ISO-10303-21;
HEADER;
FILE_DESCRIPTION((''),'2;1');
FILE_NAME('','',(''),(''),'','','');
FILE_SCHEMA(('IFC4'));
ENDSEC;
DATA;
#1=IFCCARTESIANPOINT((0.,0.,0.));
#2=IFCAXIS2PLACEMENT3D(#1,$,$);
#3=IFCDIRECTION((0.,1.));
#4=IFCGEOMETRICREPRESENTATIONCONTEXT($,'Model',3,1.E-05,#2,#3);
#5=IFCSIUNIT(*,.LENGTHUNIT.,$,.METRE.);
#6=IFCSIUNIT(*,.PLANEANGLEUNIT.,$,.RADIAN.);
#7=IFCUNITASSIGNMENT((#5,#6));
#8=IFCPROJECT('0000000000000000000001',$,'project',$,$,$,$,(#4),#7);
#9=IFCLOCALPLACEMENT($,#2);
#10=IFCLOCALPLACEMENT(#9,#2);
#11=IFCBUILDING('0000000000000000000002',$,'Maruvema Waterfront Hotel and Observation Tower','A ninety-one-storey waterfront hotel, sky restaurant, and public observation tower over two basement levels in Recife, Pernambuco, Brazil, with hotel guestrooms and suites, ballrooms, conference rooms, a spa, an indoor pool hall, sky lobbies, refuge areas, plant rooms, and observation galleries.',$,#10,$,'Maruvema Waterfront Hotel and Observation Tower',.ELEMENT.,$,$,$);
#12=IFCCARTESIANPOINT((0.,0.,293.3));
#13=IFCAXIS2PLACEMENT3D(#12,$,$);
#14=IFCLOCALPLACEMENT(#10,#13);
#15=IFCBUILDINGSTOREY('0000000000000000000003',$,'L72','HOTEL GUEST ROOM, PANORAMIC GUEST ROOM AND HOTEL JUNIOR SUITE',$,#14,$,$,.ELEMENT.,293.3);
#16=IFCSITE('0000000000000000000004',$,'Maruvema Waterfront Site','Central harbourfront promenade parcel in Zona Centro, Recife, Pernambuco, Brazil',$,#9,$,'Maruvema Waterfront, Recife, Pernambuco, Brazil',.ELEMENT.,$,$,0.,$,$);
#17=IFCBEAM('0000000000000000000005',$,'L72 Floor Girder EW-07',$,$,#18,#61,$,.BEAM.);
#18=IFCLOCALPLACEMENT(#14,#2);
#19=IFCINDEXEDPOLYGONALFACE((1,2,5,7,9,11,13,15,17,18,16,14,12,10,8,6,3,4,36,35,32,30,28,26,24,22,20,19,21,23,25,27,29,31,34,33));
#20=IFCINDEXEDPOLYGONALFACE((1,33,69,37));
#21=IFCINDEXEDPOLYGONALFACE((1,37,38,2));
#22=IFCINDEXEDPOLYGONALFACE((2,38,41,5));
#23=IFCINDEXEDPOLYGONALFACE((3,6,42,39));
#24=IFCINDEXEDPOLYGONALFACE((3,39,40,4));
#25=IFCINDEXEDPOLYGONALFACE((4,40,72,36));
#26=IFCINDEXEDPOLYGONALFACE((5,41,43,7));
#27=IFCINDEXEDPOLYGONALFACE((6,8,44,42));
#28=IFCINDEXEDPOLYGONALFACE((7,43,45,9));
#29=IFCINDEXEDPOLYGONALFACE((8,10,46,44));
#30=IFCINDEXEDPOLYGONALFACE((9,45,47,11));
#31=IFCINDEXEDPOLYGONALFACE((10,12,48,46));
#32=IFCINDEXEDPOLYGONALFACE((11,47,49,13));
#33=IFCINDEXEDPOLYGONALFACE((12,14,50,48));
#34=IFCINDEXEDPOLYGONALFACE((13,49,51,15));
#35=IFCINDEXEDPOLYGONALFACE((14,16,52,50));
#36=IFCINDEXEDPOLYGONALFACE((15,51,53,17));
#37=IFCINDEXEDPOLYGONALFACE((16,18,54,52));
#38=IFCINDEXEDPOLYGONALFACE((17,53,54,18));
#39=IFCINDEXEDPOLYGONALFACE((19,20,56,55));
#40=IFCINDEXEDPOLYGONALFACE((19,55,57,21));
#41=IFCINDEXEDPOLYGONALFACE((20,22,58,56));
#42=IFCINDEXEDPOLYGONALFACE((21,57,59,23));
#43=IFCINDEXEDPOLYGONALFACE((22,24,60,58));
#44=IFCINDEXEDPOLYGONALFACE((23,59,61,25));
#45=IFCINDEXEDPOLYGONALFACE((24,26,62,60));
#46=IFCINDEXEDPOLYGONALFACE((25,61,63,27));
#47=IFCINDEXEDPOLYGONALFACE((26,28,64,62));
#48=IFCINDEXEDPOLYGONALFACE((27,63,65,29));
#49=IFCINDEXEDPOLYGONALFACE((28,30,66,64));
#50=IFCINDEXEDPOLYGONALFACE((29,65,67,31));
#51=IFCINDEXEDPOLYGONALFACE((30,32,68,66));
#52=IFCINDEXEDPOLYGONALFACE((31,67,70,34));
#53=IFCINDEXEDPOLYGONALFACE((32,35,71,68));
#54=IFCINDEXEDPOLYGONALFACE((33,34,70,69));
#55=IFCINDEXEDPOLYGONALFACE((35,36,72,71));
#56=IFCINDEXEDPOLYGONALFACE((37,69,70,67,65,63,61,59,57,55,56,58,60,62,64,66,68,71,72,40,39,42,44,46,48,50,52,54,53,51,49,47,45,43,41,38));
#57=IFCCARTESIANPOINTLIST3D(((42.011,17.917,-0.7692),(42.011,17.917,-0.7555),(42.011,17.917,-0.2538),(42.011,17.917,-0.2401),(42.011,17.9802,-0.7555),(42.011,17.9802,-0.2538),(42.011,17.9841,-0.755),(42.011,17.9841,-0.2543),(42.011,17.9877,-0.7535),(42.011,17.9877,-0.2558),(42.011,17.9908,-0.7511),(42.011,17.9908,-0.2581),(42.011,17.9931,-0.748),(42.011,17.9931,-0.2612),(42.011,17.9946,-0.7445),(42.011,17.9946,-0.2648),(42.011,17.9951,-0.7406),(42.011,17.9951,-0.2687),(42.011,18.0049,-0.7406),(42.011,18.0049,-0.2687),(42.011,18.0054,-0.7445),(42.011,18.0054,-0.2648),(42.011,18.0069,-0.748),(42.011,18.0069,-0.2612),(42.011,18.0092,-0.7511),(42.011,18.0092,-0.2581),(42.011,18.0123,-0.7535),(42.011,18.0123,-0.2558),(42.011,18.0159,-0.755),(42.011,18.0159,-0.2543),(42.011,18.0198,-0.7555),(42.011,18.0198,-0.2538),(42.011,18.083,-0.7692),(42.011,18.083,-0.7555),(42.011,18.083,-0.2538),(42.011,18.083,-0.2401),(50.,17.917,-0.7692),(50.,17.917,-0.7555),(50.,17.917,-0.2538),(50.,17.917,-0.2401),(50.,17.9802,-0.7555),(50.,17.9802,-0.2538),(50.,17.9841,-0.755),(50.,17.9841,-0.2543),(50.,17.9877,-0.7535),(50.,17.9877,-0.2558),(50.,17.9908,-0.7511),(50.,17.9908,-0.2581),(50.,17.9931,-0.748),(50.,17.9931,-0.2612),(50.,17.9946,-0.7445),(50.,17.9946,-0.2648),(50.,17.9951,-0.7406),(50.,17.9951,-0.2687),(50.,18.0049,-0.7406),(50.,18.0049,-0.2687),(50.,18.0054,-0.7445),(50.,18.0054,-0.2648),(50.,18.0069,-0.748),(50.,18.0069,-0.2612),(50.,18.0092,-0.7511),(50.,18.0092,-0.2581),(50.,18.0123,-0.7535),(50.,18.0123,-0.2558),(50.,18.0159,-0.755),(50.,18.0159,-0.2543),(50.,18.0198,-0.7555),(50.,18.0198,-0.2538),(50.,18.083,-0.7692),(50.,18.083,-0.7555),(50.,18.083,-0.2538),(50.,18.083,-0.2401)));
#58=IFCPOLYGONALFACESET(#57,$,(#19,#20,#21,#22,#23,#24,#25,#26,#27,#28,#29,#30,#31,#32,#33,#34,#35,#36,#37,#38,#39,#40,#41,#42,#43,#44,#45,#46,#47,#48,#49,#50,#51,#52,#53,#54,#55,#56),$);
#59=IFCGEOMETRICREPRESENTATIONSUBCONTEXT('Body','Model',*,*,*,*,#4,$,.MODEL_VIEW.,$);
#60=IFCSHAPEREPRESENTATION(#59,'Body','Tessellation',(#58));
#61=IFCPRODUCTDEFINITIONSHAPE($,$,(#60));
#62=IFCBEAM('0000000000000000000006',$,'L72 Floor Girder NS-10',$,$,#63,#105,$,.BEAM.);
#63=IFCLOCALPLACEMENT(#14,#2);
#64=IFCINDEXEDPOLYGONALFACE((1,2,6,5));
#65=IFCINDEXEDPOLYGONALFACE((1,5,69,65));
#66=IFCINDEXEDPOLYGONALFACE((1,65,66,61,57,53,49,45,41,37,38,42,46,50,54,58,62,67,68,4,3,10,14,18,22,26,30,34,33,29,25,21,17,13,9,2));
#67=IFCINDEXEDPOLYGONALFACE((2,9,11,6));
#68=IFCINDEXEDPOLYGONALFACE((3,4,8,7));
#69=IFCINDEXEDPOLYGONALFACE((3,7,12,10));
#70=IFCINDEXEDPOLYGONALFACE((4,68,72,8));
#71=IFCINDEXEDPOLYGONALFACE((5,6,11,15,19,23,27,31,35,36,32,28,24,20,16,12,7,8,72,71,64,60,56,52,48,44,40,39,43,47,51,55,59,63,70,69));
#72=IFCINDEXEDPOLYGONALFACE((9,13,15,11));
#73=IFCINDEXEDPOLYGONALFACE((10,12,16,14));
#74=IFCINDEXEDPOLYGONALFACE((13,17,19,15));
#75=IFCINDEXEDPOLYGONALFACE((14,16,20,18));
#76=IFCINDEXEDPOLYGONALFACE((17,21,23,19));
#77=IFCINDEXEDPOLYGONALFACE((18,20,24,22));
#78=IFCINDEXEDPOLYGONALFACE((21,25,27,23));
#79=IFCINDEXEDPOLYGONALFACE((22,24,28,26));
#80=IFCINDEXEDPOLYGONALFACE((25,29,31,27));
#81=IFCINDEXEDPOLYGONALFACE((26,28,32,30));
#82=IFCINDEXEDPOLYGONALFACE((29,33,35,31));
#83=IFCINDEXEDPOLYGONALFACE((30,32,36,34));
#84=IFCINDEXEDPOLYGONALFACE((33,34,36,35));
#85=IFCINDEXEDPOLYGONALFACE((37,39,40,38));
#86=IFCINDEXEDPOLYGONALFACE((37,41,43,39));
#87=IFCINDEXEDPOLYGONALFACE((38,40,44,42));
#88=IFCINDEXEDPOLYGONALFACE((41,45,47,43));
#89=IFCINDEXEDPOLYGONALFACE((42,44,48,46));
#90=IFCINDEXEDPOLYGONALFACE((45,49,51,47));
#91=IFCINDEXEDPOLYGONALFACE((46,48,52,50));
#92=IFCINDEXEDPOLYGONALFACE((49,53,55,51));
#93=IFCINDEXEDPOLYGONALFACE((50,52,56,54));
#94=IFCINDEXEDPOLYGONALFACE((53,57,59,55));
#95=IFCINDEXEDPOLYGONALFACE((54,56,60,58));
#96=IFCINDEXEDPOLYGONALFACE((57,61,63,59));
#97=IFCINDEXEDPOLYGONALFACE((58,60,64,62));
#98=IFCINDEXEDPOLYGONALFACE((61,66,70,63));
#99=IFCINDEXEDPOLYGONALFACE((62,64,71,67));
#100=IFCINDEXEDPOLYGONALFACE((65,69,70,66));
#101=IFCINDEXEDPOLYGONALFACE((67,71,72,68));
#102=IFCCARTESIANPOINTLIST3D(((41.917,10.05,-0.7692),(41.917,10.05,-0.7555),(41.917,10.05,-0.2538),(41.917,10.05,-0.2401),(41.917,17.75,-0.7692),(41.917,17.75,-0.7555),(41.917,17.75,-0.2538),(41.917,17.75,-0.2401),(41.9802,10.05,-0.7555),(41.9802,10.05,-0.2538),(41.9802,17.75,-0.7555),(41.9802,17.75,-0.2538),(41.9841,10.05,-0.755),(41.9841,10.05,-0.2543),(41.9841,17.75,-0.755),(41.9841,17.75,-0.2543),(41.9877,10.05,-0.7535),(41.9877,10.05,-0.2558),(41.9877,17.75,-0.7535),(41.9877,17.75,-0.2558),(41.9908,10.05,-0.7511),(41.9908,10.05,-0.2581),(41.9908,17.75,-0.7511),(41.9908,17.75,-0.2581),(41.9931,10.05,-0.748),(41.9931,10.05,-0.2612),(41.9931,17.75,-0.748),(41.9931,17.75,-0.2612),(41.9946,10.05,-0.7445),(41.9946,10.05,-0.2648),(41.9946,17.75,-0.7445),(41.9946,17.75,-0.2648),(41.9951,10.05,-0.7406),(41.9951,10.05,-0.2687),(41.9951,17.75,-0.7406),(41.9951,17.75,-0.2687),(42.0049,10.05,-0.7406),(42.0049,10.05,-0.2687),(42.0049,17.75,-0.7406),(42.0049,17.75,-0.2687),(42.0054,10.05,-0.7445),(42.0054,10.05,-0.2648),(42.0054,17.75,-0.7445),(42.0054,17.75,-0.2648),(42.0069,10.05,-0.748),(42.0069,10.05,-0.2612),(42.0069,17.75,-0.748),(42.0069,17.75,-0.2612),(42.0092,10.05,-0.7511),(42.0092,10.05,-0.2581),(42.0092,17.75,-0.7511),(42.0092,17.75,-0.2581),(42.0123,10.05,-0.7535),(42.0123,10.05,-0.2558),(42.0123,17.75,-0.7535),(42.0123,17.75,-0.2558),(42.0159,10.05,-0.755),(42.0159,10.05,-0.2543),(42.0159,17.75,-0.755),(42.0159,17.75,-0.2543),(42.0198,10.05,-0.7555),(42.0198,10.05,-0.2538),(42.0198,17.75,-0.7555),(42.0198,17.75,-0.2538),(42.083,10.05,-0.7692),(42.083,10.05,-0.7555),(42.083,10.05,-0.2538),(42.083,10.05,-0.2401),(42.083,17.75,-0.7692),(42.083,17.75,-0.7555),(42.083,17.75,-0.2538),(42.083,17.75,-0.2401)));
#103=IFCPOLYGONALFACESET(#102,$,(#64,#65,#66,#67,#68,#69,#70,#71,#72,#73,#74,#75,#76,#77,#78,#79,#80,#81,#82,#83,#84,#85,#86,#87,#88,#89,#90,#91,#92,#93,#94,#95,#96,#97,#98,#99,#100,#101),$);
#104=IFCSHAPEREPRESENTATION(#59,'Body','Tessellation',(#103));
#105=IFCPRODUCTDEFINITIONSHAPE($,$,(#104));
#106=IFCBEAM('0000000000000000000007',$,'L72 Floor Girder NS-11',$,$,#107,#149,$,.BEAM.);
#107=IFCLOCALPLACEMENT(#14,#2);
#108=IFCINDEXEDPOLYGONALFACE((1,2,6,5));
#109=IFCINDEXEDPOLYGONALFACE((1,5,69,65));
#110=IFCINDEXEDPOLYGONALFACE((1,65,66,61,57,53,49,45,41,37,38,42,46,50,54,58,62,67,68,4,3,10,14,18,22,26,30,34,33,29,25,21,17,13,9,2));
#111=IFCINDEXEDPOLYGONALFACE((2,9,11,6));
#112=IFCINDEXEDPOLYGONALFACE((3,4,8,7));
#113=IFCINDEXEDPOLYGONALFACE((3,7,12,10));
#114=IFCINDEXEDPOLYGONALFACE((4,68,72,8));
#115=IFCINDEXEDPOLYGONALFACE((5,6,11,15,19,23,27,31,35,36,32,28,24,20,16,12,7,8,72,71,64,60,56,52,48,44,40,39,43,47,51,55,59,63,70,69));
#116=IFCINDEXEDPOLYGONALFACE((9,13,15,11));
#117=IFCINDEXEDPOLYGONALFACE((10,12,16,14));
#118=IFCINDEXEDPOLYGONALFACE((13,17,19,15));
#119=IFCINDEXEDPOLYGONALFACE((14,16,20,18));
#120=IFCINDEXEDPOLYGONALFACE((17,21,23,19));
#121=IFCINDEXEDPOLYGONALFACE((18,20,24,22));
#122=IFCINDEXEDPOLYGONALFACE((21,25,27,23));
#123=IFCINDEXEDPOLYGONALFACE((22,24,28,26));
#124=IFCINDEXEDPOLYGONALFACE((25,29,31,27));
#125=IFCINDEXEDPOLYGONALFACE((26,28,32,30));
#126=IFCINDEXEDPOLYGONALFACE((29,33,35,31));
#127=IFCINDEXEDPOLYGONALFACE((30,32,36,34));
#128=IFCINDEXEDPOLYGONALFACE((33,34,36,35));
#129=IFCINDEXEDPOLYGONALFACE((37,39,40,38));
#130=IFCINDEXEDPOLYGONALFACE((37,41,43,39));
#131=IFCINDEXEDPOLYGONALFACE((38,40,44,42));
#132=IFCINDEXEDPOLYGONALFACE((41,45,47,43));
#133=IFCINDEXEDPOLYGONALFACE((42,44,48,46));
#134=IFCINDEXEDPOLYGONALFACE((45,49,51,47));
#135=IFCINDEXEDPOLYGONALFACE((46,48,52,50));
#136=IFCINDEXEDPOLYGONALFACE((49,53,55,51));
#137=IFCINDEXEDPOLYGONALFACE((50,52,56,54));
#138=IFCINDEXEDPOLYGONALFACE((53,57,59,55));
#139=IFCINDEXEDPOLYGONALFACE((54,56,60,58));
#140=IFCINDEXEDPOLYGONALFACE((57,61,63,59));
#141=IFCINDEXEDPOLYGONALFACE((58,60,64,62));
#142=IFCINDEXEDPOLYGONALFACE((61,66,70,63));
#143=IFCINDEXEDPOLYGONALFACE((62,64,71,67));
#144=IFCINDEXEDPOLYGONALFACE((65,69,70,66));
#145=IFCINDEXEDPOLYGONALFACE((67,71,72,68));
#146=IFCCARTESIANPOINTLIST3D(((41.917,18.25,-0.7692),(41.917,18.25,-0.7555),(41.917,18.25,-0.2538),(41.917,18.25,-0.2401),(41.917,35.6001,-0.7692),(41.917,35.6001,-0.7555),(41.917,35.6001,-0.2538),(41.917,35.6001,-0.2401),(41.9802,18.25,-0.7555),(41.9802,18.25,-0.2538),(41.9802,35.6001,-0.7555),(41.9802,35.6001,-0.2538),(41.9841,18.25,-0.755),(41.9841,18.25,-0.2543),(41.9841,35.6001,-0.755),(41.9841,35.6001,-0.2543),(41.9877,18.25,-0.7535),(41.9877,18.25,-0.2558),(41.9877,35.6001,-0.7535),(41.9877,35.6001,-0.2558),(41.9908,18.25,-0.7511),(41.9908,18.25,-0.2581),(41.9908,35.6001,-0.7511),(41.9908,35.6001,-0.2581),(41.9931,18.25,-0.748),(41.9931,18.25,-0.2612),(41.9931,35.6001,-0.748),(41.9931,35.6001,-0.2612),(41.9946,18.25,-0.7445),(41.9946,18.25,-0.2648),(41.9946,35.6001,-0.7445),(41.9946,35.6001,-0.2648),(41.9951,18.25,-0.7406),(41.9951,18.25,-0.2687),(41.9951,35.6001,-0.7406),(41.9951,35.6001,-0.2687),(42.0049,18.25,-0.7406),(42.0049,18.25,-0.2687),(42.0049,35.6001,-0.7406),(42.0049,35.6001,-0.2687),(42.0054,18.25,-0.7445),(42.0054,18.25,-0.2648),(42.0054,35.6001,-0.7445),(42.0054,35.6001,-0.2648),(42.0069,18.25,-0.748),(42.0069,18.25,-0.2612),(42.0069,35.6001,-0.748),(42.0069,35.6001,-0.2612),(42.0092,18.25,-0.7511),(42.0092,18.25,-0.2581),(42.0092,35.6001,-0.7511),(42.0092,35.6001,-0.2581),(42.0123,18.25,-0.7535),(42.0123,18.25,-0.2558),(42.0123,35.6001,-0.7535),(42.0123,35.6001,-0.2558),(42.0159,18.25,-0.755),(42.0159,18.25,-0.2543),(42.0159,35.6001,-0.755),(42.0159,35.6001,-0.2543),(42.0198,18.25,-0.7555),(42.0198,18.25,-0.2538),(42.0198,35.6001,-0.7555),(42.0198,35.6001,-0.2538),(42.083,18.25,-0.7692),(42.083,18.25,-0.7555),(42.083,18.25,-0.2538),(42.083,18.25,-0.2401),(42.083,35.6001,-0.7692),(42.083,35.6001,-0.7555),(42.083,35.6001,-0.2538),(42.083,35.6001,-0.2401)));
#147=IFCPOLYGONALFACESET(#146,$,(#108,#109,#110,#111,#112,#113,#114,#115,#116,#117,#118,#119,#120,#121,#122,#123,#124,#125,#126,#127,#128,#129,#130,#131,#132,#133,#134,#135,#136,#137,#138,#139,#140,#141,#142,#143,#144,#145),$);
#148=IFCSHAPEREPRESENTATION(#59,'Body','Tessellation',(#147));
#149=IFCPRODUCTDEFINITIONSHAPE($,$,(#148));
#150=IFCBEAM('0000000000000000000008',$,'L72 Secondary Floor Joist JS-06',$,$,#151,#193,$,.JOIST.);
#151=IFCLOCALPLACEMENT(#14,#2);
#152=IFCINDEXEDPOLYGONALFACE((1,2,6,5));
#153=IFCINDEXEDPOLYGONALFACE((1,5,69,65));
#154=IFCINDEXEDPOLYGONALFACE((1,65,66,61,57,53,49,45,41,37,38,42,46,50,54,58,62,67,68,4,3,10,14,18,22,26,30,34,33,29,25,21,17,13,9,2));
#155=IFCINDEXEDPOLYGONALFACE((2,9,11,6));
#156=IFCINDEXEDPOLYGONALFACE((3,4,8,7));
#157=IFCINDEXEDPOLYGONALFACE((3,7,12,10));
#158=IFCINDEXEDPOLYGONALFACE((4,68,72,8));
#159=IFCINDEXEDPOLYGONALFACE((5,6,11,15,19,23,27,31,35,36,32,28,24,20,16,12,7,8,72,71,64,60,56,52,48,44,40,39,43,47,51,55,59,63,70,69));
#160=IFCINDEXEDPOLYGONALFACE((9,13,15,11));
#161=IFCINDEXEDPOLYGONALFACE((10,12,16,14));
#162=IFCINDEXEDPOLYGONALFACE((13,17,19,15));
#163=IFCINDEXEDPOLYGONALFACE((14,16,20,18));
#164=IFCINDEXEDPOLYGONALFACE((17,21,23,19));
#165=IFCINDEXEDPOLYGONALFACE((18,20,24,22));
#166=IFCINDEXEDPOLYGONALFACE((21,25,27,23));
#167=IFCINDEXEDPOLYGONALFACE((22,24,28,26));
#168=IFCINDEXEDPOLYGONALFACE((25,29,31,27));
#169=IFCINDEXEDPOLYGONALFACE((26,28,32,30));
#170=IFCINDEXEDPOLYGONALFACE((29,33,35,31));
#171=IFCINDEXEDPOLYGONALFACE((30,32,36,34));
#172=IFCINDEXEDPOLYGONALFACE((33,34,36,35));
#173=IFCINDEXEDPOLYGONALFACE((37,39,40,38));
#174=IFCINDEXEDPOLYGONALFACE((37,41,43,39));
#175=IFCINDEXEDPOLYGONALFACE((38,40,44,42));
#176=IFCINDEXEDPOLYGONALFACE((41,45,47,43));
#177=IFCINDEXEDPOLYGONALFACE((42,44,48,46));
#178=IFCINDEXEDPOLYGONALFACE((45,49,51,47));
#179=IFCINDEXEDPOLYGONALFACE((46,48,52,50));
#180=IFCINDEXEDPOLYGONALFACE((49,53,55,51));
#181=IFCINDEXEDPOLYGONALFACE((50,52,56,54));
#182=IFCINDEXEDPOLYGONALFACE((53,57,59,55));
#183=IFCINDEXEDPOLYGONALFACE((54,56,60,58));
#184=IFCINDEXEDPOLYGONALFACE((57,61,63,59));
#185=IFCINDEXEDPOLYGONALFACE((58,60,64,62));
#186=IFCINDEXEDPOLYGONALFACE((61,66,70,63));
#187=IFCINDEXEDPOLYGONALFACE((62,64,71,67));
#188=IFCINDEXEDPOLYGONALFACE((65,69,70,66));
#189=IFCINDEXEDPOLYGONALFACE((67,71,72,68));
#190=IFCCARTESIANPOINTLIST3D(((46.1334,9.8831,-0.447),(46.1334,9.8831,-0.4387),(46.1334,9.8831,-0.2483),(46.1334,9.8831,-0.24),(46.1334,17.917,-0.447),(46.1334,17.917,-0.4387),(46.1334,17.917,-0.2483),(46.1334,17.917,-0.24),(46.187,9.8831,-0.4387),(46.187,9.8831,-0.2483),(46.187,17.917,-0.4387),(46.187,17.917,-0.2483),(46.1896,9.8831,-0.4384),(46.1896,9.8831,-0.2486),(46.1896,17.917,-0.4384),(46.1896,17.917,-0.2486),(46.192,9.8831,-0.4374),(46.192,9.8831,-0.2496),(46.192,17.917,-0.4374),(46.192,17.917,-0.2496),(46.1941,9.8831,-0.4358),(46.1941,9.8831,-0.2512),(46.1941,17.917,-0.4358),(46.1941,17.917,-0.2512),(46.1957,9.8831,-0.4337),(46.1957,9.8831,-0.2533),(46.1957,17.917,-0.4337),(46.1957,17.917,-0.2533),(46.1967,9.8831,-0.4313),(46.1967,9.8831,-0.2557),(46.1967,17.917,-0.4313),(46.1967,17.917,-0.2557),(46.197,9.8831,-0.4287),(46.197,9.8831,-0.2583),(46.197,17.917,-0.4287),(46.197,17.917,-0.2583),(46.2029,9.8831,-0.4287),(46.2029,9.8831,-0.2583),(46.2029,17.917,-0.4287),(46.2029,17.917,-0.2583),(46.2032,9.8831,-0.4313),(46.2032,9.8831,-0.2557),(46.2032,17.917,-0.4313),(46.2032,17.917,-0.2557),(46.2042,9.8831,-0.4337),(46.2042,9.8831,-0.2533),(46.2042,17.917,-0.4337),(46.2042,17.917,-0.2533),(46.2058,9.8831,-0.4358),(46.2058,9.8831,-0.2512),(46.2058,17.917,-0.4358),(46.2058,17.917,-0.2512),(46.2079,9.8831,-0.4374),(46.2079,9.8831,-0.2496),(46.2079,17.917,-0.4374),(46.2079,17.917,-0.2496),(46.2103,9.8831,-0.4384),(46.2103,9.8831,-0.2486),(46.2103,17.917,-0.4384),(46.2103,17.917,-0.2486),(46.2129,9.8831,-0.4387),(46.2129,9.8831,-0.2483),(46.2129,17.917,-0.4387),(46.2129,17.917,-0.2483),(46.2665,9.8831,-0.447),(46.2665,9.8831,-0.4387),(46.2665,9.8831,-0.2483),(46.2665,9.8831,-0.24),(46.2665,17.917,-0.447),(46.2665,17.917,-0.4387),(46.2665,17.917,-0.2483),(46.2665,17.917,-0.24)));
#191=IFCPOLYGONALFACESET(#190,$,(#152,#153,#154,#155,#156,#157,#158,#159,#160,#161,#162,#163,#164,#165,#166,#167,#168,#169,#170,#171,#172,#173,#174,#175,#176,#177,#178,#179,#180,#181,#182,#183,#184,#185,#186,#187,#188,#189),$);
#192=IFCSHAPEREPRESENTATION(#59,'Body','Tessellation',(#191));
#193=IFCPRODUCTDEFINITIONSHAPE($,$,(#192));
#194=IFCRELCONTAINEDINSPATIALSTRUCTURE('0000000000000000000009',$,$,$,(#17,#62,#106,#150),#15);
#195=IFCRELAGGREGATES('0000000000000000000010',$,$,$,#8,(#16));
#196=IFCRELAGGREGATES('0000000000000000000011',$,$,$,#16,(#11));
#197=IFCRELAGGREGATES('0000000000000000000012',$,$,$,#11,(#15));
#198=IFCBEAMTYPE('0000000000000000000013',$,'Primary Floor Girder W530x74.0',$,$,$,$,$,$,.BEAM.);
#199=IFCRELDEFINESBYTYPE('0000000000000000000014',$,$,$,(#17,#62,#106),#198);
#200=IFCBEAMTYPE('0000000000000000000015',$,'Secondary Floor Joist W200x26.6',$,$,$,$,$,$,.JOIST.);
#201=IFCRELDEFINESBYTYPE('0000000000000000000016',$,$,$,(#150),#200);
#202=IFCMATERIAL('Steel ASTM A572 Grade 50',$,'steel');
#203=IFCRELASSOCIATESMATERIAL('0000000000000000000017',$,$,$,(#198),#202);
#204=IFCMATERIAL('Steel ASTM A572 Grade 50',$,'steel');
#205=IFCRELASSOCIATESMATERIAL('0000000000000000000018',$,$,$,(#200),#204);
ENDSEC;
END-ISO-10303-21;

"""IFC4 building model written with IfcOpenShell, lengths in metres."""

from ifc_helpers import new_model, si_unit, direction, frame, origin, origin_2d, place, context, subcontext, project, spatial, i_section, extrude, material, material_profile, profile_set, type_object, element, save


model = new_model("IFC4")

# Units and contexts
model_context = context("Model", 3, precision=1e-05, world=origin(), true_north=direction((0.0, 1.0)))
body_context = subcontext(model_context, "Body", "Model", "MODEL_VIEW")
ifc_project = project(units=[si_unit("LENGTHUNIT", "METRE"), si_unit("PLANEANGLEUNIT", "RADIAN")], contexts=[model_context])

# Site, building, storey
site_placement = place(None, origin())
site = spatial("IfcSite", under=ifc_project, at=site_placement, Name="Maruvema Waterfront Site", Description="Central harbourfront promenade parcel in Zona Centro, Recife, Pernambuco, Brazil", LongName="Maruvema Waterfront, Recife, Pernambuco, Brazil", CompositionType="ELEMENT", RefElevation=0.0)
building_placement = place(site_placement, origin())
building = spatial("IfcBuilding", under=site, at=building_placement, Name="Maruvema Waterfront Hotel and Observation Tower", Description="A ninety-one-storey waterfront hotel, sky restaurant, and public observation tower over two basement levels in Recife, Pernambuco, Brazil, with hotel guestrooms and suites, ballrooms, conference rooms, a spa, an indoor pool hall, sky lobbies, refuge areas, plant rooms, and observation galleries.", LongName="Maruvema Waterfront Hotel and Observation Tower", CompositionType="ELEMENT")
storey_placement = place(building_placement, frame((0.0, 0.0, 293.3)))
storey = spatial("IfcBuildingStorey", under=building, at=storey_placement, Name="L72", Description="HOTEL GUEST ROOM, PANORAMIC GUEST ROOM AND HOTEL JUNIOR SUITE", CompositionType="ELEMENT", Elevation=293.3)

# Beams
ifc_material_1 = material(Name="Steel ASTM A572 Grade 50", Category="steel")
ifc_material_profile_1 = material_profile(ifc_material_1, i_section(OverallWidth=0.166, OverallDepth=0.5291, WebThickness=0.0098, FlangeThickness=0.0137, FilletRadius=0.0149, at=origin_2d()), Name="W530x74.0")
ifc_profile_set_1 = profile_set([ifc_material_profile_1], Name="Steel ASTM A572 Grade 50")
beam_type_1 = type_object("IfcBeamType", Name="Primary Floor Girder W530x74.0", PredefinedType="BEAM", material=ifc_profile_set_1)
beam_1_placement = place(storey_placement, frame((42.011, 18.0, -0.5046), z_axis=(1.0, 0.0, 0.0), x_axis=(0.0, 1.0, 0.0)))
element("IfcBeam", 1, at=beam_1_placement, inside=storey, type_object=beam_type_1, Name="L72 Floor Girder EW-07", PredefinedType="BEAM", context=body_context, shape_type="SweptSolid", body=[
    extrude(i_section(OverallWidth=0.166, OverallDepth=0.5291, WebThickness=0.0098, FlangeThickness=0.0137, FilletRadius=0.0149, at=origin_2d()), origin(), (0.0, 0.0, 1.0), 7.989),
])
beam_2_placement = place(storey_placement, frame((42.0, 10.05, -0.5046), z_axis=(0.0, 1.0, 0.0), x_axis=(-1.0, 0.0, 0.0)))
element("IfcBeam", 2, at=beam_2_placement, inside=storey, type_object=beam_type_1, Name="L72 Floor Girder NS-10", PredefinedType="BEAM", context=body_context, shape_type="SweptSolid", body=[
    extrude(i_section(OverallWidth=0.166, OverallDepth=0.5291, WebThickness=0.0098, FlangeThickness=0.0137, FilletRadius=0.0149, at=origin_2d()), origin(), (0.0, 0.0, 1.0), 7.7),
])
beam_3_placement = place(storey_placement, frame((42.0, 18.25, -0.5046), z_axis=(0.0, 1.0, 0.0), x_axis=(-1.0, 0.0, 0.0)))
element("IfcBeam", 3, at=beam_3_placement, inside=storey, type_object=beam_type_1, Name="L72 Floor Girder NS-11", PredefinedType="BEAM", context=body_context, shape_type="SweptSolid", body=[
    extrude(i_section(OverallWidth=0.166, OverallDepth=0.5291, WebThickness=0.0098, FlangeThickness=0.0137, FilletRadius=0.0149, at=origin_2d()), origin(), (0.0, 0.0, 1.0), 17.3501),
])
ifc_material_2 = material(Name="Steel ASTM A572 Grade 50", Category="steel")
ifc_material_profile_2 = material_profile(ifc_material_2, i_section(OverallWidth=0.1331, OverallDepth=0.207, WebThickness=0.0059, FlangeThickness=0.0083, FilletRadius=0.01, at=origin_2d()), Name="W200x26.6")
ifc_profile_set_2 = profile_set([ifc_material_profile_2], Name="Steel ASTM A572 Grade 50")
beam_type_2 = type_object("IfcBeamType", Name="Secondary Floor Joist W200x26.6", PredefinedType="JOIST", material=ifc_profile_set_2)
beam_4_placement = place(storey_placement, frame((46.2, 9.8831, -0.3435), z_axis=(0.0, 1.0, 0.0), x_axis=(-1.0, 0.0, 0.0)))
element("IfcBeam", 4, at=beam_4_placement, inside=storey, type_object=beam_type_2, Name="L72 Secondary Floor Joist JS-06", PredefinedType="JOIST", context=body_context, shape_type="SweptSolid", body=[
    extrude(i_section(OverallWidth=0.1331, OverallDepth=0.207, WebThickness=0.0059, FlangeThickness=0.0083, FilletRadius=0.01, at=origin_2d()), origin(), (0.0, 0.0, 1.0), 8.0339),
])

save(model, "model.ifc")
